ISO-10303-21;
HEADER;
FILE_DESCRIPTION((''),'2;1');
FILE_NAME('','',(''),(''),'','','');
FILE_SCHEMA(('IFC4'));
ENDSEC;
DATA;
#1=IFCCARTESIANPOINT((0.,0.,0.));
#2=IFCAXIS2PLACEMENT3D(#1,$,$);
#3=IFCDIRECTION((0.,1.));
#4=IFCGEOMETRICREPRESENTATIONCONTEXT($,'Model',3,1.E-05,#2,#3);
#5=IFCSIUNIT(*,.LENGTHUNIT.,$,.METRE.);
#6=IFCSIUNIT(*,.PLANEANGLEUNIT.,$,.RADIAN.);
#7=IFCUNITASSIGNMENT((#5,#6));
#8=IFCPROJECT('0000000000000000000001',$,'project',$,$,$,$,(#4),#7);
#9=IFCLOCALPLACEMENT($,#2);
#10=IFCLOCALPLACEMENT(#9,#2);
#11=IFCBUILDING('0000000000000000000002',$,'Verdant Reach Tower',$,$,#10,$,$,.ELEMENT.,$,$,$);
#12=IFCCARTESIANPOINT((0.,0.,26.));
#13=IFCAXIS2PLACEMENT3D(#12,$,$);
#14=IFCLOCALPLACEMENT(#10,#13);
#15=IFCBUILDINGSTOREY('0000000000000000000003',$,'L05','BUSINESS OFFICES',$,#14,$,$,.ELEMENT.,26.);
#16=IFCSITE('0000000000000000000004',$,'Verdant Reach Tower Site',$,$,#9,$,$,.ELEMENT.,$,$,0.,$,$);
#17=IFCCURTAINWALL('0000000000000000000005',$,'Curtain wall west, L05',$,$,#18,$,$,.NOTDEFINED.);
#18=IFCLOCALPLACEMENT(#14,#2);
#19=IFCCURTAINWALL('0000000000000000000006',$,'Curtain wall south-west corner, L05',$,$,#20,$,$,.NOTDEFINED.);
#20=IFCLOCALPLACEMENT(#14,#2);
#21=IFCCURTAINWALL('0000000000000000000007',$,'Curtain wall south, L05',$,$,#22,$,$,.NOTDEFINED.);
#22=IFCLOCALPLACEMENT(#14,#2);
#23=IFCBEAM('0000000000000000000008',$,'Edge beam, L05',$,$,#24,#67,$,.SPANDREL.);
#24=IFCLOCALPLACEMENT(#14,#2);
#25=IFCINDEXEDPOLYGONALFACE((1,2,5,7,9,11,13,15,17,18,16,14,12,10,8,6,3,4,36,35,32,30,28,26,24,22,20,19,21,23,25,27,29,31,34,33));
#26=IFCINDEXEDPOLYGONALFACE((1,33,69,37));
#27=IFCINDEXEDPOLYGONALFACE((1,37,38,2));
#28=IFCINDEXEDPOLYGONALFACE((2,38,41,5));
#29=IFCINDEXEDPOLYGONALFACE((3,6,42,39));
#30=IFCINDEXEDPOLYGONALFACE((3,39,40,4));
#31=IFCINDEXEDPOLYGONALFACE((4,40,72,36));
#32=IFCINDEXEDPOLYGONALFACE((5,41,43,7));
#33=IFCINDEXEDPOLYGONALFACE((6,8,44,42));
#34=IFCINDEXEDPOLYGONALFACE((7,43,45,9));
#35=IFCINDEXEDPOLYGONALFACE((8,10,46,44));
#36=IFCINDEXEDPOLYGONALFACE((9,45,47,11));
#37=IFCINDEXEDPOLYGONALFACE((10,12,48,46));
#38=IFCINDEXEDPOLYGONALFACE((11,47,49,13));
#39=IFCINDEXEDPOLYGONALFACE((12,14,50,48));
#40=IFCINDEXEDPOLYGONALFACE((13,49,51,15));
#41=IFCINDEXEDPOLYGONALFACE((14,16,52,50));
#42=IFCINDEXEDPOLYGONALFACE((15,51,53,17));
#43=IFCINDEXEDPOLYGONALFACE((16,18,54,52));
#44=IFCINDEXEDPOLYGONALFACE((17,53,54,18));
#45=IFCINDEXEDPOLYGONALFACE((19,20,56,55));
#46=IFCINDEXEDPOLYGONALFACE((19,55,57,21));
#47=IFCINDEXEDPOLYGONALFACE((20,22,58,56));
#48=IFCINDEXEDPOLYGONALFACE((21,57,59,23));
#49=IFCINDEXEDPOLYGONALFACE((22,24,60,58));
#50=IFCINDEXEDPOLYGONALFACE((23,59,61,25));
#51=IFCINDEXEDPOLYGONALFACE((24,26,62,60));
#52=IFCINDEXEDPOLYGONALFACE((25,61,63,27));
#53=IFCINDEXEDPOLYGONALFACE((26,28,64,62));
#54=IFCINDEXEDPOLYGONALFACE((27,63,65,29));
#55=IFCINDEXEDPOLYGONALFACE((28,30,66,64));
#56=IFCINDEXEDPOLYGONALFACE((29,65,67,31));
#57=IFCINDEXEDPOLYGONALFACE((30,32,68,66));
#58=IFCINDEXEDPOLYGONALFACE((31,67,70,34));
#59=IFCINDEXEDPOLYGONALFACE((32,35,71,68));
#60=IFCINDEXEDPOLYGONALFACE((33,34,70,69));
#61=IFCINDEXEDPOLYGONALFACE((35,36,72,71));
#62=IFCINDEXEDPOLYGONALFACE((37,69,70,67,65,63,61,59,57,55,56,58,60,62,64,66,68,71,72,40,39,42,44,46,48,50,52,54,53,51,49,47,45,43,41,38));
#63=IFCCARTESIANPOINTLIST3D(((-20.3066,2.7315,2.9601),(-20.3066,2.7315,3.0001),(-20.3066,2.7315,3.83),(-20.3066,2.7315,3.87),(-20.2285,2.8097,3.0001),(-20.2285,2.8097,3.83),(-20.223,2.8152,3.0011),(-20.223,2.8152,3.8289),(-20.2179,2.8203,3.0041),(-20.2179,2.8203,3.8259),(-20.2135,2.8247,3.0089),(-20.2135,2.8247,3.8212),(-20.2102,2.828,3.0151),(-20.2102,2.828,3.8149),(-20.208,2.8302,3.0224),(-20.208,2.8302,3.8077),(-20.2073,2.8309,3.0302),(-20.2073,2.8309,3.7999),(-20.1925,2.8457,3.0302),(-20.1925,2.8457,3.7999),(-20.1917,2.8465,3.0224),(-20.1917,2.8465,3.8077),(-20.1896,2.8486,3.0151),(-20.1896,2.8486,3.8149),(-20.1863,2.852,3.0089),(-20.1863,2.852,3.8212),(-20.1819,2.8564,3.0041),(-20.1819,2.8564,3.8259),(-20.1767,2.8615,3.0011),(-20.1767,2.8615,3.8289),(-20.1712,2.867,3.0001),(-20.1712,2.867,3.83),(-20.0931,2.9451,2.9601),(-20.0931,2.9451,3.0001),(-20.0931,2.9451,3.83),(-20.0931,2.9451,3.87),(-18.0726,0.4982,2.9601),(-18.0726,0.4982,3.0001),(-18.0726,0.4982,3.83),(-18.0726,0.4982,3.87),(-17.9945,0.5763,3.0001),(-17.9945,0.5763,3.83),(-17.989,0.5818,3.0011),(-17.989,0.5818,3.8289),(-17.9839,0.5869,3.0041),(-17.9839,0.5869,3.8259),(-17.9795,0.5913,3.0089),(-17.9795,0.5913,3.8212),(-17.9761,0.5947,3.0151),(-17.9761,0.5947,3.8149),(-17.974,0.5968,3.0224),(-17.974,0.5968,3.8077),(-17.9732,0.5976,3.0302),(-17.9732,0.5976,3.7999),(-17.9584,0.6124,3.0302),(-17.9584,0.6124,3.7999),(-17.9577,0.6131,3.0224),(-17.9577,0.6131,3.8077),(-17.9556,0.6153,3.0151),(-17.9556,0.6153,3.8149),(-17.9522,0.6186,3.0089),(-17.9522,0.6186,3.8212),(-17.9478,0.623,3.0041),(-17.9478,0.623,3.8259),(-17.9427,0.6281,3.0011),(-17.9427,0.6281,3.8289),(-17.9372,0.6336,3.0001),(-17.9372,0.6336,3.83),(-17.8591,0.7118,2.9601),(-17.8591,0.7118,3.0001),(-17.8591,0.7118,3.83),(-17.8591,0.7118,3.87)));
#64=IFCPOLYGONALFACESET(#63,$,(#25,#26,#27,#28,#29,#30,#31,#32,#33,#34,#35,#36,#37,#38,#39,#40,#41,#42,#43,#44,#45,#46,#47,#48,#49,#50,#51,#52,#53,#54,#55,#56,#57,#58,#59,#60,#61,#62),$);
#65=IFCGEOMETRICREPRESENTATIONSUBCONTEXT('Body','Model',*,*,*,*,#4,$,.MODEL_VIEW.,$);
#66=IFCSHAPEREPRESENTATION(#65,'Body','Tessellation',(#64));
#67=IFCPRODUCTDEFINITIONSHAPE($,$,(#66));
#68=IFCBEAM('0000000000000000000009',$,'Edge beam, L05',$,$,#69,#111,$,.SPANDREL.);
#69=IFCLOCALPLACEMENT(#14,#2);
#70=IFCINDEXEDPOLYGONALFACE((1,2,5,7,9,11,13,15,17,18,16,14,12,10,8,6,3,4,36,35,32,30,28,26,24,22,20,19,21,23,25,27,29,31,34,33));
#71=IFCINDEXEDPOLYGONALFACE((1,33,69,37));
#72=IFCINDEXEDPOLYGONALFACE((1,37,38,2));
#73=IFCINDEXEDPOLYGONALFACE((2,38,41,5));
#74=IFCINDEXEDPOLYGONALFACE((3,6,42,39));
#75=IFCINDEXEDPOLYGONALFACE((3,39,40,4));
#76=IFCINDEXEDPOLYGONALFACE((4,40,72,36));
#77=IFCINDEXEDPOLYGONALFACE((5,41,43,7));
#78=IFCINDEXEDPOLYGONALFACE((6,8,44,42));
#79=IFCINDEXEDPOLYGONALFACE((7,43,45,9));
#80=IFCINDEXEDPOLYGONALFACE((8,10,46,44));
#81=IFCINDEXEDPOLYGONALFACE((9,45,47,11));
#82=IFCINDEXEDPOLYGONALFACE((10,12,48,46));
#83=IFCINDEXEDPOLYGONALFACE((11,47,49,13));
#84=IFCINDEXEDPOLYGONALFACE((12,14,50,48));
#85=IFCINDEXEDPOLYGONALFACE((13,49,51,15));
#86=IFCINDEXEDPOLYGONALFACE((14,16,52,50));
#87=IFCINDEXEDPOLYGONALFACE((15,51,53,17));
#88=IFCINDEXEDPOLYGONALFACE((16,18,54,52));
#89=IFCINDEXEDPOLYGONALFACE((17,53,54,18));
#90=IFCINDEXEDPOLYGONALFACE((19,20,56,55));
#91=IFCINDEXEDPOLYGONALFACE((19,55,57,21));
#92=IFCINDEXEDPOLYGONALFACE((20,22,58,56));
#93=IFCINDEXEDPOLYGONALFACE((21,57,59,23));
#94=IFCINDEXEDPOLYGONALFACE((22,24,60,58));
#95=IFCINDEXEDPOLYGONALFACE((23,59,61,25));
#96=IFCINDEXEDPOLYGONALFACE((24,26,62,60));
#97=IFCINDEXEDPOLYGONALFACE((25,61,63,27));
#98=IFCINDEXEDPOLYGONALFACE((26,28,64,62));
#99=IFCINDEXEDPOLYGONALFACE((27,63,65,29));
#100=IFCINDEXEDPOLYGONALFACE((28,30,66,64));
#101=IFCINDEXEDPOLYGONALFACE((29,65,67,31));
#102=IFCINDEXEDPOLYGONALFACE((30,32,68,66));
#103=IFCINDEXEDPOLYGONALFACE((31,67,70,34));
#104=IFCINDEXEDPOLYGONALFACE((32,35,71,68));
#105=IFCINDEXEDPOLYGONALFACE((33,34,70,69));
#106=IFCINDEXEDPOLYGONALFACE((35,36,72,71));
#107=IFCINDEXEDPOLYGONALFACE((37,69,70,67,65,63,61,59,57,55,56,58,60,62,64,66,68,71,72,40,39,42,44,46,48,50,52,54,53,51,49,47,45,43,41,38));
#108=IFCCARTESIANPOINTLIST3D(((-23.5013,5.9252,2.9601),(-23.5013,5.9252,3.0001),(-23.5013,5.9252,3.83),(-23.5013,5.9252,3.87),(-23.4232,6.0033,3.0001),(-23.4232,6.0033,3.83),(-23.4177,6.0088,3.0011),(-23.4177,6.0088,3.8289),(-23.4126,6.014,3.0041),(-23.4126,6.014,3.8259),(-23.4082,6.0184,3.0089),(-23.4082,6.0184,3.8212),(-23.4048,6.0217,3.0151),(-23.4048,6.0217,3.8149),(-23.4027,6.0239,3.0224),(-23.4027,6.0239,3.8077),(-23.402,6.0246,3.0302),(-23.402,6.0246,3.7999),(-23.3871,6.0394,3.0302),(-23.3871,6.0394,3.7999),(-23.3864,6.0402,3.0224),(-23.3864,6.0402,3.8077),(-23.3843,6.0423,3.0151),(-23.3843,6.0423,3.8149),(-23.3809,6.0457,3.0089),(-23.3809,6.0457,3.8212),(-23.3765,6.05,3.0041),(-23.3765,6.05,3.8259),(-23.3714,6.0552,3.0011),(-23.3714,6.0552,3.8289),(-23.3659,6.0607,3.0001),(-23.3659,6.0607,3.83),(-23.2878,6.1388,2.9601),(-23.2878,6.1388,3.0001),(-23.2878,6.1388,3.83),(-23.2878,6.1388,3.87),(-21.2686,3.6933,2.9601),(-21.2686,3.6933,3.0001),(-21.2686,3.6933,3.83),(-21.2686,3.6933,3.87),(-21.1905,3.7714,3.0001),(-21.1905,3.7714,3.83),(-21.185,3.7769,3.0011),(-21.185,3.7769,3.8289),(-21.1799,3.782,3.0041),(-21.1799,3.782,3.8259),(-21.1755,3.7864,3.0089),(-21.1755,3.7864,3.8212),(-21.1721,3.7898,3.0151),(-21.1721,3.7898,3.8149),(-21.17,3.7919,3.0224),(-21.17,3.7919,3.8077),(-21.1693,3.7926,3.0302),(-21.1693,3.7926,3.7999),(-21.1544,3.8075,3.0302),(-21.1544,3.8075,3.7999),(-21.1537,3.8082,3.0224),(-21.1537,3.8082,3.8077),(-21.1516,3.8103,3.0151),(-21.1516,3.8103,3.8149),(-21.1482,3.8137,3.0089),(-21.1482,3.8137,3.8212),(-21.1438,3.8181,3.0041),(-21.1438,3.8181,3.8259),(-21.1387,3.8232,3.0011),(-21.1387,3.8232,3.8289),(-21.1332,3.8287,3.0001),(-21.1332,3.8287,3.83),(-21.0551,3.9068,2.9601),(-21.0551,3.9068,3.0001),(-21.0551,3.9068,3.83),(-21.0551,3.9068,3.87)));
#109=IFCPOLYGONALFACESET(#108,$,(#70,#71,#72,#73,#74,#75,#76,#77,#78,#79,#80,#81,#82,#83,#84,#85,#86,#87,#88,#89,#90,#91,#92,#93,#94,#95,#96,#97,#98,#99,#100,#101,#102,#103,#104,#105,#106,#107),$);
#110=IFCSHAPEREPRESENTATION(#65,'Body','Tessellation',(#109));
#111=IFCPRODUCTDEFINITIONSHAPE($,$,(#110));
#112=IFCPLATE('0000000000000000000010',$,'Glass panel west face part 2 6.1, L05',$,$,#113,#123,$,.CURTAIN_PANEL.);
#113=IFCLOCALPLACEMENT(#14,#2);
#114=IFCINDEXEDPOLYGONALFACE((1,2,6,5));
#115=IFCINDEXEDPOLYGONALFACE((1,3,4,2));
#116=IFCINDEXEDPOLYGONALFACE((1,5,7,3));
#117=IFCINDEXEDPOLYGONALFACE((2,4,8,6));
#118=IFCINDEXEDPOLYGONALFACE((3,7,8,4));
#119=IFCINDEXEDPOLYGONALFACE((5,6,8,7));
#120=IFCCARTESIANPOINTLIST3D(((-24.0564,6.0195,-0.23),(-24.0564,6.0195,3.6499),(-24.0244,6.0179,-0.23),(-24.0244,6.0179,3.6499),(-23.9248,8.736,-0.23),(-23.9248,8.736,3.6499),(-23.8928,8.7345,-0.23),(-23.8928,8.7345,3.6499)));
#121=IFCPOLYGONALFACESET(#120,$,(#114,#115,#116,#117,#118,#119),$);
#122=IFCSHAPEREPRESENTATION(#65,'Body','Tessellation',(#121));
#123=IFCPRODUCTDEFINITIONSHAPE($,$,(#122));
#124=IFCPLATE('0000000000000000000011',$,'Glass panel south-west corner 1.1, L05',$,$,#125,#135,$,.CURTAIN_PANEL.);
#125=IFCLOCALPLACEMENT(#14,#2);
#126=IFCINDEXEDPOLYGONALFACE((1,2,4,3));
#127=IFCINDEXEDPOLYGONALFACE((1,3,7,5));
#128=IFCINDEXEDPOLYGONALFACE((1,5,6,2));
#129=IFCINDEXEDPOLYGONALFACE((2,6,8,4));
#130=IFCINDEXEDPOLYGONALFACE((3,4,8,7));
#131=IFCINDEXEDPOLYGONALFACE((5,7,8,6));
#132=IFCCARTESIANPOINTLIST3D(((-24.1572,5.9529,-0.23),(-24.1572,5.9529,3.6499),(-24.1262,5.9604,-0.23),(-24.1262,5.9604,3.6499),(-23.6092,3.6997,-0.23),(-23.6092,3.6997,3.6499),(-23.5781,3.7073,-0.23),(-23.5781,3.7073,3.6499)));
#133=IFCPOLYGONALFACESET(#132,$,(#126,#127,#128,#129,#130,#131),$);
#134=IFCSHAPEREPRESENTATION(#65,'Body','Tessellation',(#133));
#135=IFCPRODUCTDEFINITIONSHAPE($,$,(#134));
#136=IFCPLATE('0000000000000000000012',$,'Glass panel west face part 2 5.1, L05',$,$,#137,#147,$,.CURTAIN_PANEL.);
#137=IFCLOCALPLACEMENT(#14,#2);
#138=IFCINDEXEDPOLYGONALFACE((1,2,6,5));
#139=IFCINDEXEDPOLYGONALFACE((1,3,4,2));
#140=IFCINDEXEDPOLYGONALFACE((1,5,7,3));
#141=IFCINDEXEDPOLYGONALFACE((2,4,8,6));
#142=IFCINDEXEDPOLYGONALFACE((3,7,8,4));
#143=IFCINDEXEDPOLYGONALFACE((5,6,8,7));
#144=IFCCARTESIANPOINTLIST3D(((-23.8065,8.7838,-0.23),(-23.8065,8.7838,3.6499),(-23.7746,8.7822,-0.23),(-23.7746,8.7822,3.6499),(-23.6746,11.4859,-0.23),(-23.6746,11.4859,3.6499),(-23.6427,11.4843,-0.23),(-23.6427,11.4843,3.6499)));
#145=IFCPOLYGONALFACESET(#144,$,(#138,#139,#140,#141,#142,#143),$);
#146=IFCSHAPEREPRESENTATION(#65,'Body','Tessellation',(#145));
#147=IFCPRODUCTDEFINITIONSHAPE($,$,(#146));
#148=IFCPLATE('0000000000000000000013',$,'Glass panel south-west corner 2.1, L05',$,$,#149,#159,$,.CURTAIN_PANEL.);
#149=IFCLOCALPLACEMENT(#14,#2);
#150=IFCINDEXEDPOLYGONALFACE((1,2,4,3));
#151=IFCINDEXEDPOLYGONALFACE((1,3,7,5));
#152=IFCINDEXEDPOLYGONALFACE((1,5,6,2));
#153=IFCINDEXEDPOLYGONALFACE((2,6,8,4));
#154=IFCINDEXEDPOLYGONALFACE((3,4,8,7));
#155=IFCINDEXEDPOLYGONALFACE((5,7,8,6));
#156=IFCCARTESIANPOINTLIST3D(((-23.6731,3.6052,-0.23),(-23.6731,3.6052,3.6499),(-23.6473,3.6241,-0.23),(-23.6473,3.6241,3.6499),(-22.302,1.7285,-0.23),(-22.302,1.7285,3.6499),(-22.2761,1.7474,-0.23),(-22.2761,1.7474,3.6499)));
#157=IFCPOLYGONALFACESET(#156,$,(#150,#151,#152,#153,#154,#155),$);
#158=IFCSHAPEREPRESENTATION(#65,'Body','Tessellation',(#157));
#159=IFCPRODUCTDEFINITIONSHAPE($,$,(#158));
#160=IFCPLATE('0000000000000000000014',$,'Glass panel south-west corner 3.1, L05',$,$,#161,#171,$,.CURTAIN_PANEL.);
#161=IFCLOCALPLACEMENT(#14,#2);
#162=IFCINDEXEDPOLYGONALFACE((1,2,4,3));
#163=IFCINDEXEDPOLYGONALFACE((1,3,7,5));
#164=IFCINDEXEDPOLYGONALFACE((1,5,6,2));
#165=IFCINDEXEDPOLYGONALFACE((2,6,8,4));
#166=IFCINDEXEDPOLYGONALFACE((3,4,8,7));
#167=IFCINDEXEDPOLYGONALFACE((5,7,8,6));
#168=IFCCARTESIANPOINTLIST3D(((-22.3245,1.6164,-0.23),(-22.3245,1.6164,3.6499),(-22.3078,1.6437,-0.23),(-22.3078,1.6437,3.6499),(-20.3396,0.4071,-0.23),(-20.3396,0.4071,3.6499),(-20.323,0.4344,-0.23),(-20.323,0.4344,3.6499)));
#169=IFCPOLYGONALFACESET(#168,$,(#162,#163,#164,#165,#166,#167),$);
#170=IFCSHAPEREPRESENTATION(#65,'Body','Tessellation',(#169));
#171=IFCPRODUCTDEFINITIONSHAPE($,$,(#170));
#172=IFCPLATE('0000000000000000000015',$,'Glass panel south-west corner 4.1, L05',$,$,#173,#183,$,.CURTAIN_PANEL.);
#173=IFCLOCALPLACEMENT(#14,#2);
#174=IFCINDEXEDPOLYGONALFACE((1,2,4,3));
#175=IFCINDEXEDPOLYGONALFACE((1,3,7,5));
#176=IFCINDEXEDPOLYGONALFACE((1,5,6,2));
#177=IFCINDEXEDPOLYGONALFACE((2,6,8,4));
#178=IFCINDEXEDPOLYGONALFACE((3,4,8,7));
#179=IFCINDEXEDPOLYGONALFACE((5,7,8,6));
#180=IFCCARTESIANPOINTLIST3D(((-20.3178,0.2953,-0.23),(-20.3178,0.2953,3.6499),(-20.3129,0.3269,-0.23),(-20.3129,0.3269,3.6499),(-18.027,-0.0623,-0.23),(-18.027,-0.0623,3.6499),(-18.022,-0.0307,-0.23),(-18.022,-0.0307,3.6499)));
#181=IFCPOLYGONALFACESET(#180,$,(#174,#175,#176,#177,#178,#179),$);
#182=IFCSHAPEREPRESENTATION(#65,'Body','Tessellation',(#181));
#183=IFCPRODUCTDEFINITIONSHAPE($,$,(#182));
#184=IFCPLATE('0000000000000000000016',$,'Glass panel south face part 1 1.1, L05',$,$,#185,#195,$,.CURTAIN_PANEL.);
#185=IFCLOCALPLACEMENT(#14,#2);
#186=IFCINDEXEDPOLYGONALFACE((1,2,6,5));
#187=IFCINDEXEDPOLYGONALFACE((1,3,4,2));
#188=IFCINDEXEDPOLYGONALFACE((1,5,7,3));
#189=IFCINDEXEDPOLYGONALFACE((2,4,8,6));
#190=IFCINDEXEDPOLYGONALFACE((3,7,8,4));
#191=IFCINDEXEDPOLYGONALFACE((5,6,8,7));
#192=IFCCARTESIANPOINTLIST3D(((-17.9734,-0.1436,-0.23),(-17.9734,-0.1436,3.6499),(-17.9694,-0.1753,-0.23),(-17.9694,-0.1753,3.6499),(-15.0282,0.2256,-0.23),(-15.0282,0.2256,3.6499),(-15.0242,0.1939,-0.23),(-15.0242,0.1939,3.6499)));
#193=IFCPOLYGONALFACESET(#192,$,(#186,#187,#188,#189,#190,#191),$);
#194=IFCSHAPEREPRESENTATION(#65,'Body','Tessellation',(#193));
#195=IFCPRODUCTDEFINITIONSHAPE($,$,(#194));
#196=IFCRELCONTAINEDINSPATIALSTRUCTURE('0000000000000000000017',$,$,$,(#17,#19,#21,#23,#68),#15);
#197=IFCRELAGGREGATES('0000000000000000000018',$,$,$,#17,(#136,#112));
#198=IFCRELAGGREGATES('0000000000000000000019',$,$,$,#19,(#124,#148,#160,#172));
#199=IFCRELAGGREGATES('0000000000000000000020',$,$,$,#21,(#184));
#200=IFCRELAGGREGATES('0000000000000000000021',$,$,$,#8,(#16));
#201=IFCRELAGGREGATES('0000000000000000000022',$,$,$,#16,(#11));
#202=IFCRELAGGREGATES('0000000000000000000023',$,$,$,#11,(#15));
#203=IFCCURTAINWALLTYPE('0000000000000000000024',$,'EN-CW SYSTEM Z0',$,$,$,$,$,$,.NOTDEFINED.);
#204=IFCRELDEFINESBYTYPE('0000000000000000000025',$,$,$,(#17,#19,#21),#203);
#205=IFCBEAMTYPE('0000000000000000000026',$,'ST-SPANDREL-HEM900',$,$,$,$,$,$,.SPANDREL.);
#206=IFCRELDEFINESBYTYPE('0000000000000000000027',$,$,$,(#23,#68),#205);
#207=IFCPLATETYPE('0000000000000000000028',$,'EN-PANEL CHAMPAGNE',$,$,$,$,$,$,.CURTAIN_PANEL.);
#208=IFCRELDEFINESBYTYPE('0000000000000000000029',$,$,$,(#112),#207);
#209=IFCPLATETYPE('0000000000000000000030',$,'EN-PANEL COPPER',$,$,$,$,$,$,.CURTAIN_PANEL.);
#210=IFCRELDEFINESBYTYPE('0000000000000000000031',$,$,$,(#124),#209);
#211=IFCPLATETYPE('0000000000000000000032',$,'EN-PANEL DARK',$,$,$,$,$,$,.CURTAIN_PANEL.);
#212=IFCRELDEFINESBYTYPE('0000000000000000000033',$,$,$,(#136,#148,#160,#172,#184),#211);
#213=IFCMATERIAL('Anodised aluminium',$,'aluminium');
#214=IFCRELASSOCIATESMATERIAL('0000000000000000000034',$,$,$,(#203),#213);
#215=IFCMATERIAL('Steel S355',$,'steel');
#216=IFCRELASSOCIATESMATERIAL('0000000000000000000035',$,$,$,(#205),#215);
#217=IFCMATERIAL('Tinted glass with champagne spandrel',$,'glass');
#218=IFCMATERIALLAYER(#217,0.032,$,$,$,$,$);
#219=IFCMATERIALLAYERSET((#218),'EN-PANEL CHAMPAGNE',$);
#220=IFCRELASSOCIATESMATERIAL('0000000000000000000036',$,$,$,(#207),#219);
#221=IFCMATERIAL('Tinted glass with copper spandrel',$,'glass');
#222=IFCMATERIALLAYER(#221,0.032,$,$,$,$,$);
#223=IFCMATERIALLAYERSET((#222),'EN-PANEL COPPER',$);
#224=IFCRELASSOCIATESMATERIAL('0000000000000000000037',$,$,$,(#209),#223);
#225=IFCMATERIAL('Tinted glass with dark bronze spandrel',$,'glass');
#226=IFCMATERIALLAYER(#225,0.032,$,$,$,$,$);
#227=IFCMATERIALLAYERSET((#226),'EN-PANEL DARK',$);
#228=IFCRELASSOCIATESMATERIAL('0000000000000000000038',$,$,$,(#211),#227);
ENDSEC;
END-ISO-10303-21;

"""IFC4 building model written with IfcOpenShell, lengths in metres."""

from ifc_helpers import new_model, si_unit, direction, frame, origin, origin_2d, place, context, subcontext, project, spatial, rectangle, i_section, extrude, material, layer, layer_set, material_profile, profile_set, type_object, element, aggregate, save


model = new_model("IFC4")

# Units and contexts
model_context = context("Model", 3, precision=1e-05, world=origin(), true_north=direction((0.0, 1.0)))
body_context = subcontext(model_context, "Body", "Model", "MODEL_VIEW")
ifc_project = project(units=[si_unit("LENGTHUNIT", "METRE"), si_unit("PLANEANGLEUNIT", "RADIAN")], contexts=[model_context])

# Site, building, storey
site_placement = place(None, origin())
site = spatial("IfcSite", under=ifc_project, at=site_placement, Name="Verdant Reach Tower Site", CompositionType="ELEMENT", RefElevation=0.0)
building_placement = place(site_placement, origin())
building = spatial("IfcBuilding", under=site, at=building_placement, Name="Verdant Reach Tower", CompositionType="ELEMENT")
storey_placement = place(building_placement, frame((0.0, 0.0, 26.0)))
storey = spatial("IfcBuildingStorey", under=building, at=storey_placement, Name="L05", Description="BUSINESS OFFICES", CompositionType="ELEMENT", Elevation=26.0)

# Curtain wall
ifc_material_1 = material(Name="Anodised aluminium", Category="aluminium")
curtain_wall_type = type_object("IfcCurtainWallType", Name="EN-CW SYSTEM Z0", PredefinedType="NOTDEFINED", material=ifc_material_1)
curtain_wall_1_placement = place(storey_placement, origin())
curtain_wall_1 = element("IfcCurtainWall", 1, at=curtain_wall_1_placement, inside=storey, type_object=curtain_wall_type, Name="Curtain wall west, L05", PredefinedType="NOTDEFINED")

# Curtain walls
curtain_wall_2_placement = place(storey_placement, origin())
curtain_wall_2 = element("IfcCurtainWall", 2, at=curtain_wall_2_placement, inside=storey, type_object=curtain_wall_type, Name="Curtain wall south-west corner, L05", PredefinedType="NOTDEFINED")
curtain_wall_3_placement = place(storey_placement, origin())
curtain_wall_3 = element("IfcCurtainWall", 3, at=curtain_wall_3_placement, inside=storey, type_object=curtain_wall_type, Name="Curtain wall south, L05", PredefinedType="NOTDEFINED")

# Beams
ifc_material_2 = material(Name="Steel S355", Category="steel")
ifc_material_profile_1 = material_profile(ifc_material_2, i_section(OverallWidth=0.302, OverallDepth=0.9099, WebThickness=0.021, FlangeThickness=0.04, FilletRadius=0.03, at=origin_2d()), Name="HEM 900")
ifc_profile_set_1 = profile_set([ifc_material_profile_1], Name="Steel S355")
beam_type_1 = type_object("IfcBeamType", Name="ST-SPANDREL-HEM900", PredefinedType="SPANDREL", material=ifc_profile_set_1)
beam_1_placement = place(storey_placement, frame((-17.9658, 0.605, 3.415), z_axis=(-0.707223, 0.706991, 0.0), x_axis=(-0.706991, -0.707223, 0.0)))
element("IfcBeam", 4, at=beam_1_placement, inside=storey, type_object=beam_type_1, Name="Edge beam, L05", PredefinedType="SPANDREL", context=body_context, shape_type="SweptSolid", body=[
    extrude(i_section(OverallWidth=0.302, OverallDepth=0.9099, WebThickness=0.021, FlangeThickness=0.04, FilletRadius=0.03, at=origin_2d()), origin(), (0.0, 0.0, 1.0), 3.1589),
])
beam_2_placement = place(storey_placement, frame((-21.1619, 3.8, 3.415), z_axis=(-0.707223, 0.706991, 0.0), x_axis=(-0.706991, -0.707223, 0.0)))
element("IfcBeam", 5, at=beam_2_placement, inside=storey, type_object=beam_type_1, Name="Edge beam, L05", PredefinedType="SPANDREL", context=body_context, shape_type="SweptSolid", body=[
    extrude(i_section(OverallWidth=0.302, OverallDepth=0.9099, WebThickness=0.021, FlangeThickness=0.04, FilletRadius=0.03, at=origin_2d()), origin(), (0.0, 0.0, 1.0), 3.157),
])

# Plates
ifc_material_3 = material(Name="Tinted glass with champagne spandrel", Category="glass")
ifc_layer_1 = layer(ifc_material_3, 0.032)
ifc_layer_set_1 = layer_set([ifc_layer_1], Name="EN-PANEL CHAMPAGNE")
plate_type_1 = type_object("IfcPlateType", Name="EN-PANEL CHAMPAGNE", PredefinedType="CURTAIN_PANEL", material=ifc_layer_set_1)
plate_1_placement = place(storey_placement, frame((-23.9746, 7.377, -0.23), z_axis=(0.0, 0.0, 1.0), x_axis=(-0.048383, -0.998829, 0.0)))
plate_1 = element("IfcPlate", 6, at=plate_1_placement, type_object=plate_type_1, Name="Glass panel west face part 2 6.1, L05", PredefinedType="CURTAIN_PANEL", context=body_context, shape_type="SweptSolid", body=[
    extrude(rectangle(XDim=2.7197, YDim=0.032, at=origin_2d()), origin(), (0.0, 0.0, 1.0), 3.8799),
])
ifc_material_4 = material(Name="Tinted glass with copper spandrel", Category="glass")
ifc_layer_2 = layer(ifc_material_4, 0.032)
ifc_layer_set_2 = layer_set([ifc_layer_2], Name="EN-PANEL COPPER")
plate_type_2 = type_object("IfcPlateType", Name="EN-PANEL COPPER", PredefinedType="CURTAIN_PANEL", material=ifc_layer_set_2)
plate_2_placement = place(storey_placement, frame((-23.8677, 4.8301, -0.23), z_axis=(0.0, 0.0, 1.0), x_axis=(0.236347, -0.971669, 0.0)))
plate_2 = element("IfcPlate", 7, at=plate_2_placement, type_object=plate_type_2, Name="Glass panel south-west corner 1.1, L05", PredefinedType="CURTAIN_PANEL", context=body_context, shape_type="SweptSolid", body=[
    extrude(rectangle(XDim=2.3188, YDim=0.032, at=origin_2d()), origin(), (0.0, 0.0, 1.0), 3.8799),
])
ifc_material_5 = material(Name="Tinted glass with dark bronze spandrel", Category="glass")
ifc_layer_3 = layer(ifc_material_5, 0.032)
ifc_layer_set_3 = layer_set([ifc_layer_3], Name="EN-PANEL DARK")
plate_type_3 = type_object("IfcPlateType", Name="EN-PANEL DARK", PredefinedType="CURTAIN_PANEL", material=ifc_layer_set_3)
plate_3_placement = place(storey_placement, frame((-23.7246, 10.134, -0.23), z_axis=(0.0, 0.0, 1.0), x_axis=(-0.048753, -0.998811, 0.0)))
plate_3 = element("IfcPlate", 8, at=plate_3_placement, type_object=plate_type_3, Name="Glass panel west face part 2 5.1, L05", PredefinedType="CURTAIN_PANEL", context=body_context, shape_type="SweptSolid", body=[
    extrude(rectangle(XDim=2.7053, YDim=0.032, at=origin_2d()), origin(), (0.0, 0.0, 1.0), 3.8799),
])
aggregate(curtain_wall_1, [plate_3, plate_1])
plate_4_placement = place(storey_placement, frame((-22.9746, 2.6763, -0.23), z_axis=(0.0, 0.0, 1.0), x_axis=(0.589927, -0.807457, 0.0)))
plate_4 = element("IfcPlate", 9, at=plate_4_placement, type_object=plate_type_3, Name="Glass panel south-west corner 2.1, L05", PredefinedType="CURTAIN_PANEL", context=body_context, shape_type="SweptSolid", body=[
    extrude(rectangle(XDim=2.3242, YDim=0.032, at=origin_2d()), origin(), (0.0, 0.0, 1.0), 3.8799),
])
plate_5_placement = place(storey_placement, frame((-21.3237, 1.0254, -0.23), z_axis=(0.0, 0.0, 1.0), x_axis=(0.853989, -0.520292, 0.0)))
plate_5 = element("IfcPlate", 10, at=plate_5_placement, type_object=plate_type_3, Name="Glass panel south-west corner 3.1, L05", PredefinedType="CURTAIN_PANEL", context=body_context, shape_type="SweptSolid", body=[
    extrude(rectangle(XDim=2.3242, YDim=0.032, at=origin_2d()), origin(), (0.0, 0.0, 1.0), 3.8799),
])
plate_6_placement = place(storey_placement, frame((-19.1699, 0.1323, -0.23), z_axis=(0.0, 0.0, 1.0), x_axis=(0.988035, -0.154233, 0.0)))
plate_6 = element("IfcPlate", 11, at=plate_6_placement, type_object=plate_type_3, Name="Glass panel south-west corner 4.1, L05", PredefinedType="CURTAIN_PANEL", context=body_context, shape_type="SweptSolid", body=[
    extrude(rectangle(XDim=2.3186, YDim=0.032, at=origin_2d()), origin(), (0.0, 0.0, 1.0), 3.8799),
])
aggregate(curtain_wall_2, [plate_2, plate_4, plate_5, plate_6])
plate_7_placement = place(storey_placement, frame((-16.4988, 0.0251, -0.23), z_axis=(0.0, 0.0, 1.0), x_axis=(0.992234, 0.124384, 0.0)))
plate_7 = element("IfcPlate", 12, at=plate_7_placement, type_object=plate_type_3, Name="Glass panel south face part 1 1.1, L05", PredefinedType="CURTAIN_PANEL", context=body_context, shape_type="SweptSolid", body=[
    extrude(rectangle(XDim=2.9683, YDim=0.032, at=origin_2d()), origin(), (0.0, 0.0, 1.0), 3.8799),
])
aggregate(curtain_wall_3, [plate_7])

save(model, "model.ifc")
